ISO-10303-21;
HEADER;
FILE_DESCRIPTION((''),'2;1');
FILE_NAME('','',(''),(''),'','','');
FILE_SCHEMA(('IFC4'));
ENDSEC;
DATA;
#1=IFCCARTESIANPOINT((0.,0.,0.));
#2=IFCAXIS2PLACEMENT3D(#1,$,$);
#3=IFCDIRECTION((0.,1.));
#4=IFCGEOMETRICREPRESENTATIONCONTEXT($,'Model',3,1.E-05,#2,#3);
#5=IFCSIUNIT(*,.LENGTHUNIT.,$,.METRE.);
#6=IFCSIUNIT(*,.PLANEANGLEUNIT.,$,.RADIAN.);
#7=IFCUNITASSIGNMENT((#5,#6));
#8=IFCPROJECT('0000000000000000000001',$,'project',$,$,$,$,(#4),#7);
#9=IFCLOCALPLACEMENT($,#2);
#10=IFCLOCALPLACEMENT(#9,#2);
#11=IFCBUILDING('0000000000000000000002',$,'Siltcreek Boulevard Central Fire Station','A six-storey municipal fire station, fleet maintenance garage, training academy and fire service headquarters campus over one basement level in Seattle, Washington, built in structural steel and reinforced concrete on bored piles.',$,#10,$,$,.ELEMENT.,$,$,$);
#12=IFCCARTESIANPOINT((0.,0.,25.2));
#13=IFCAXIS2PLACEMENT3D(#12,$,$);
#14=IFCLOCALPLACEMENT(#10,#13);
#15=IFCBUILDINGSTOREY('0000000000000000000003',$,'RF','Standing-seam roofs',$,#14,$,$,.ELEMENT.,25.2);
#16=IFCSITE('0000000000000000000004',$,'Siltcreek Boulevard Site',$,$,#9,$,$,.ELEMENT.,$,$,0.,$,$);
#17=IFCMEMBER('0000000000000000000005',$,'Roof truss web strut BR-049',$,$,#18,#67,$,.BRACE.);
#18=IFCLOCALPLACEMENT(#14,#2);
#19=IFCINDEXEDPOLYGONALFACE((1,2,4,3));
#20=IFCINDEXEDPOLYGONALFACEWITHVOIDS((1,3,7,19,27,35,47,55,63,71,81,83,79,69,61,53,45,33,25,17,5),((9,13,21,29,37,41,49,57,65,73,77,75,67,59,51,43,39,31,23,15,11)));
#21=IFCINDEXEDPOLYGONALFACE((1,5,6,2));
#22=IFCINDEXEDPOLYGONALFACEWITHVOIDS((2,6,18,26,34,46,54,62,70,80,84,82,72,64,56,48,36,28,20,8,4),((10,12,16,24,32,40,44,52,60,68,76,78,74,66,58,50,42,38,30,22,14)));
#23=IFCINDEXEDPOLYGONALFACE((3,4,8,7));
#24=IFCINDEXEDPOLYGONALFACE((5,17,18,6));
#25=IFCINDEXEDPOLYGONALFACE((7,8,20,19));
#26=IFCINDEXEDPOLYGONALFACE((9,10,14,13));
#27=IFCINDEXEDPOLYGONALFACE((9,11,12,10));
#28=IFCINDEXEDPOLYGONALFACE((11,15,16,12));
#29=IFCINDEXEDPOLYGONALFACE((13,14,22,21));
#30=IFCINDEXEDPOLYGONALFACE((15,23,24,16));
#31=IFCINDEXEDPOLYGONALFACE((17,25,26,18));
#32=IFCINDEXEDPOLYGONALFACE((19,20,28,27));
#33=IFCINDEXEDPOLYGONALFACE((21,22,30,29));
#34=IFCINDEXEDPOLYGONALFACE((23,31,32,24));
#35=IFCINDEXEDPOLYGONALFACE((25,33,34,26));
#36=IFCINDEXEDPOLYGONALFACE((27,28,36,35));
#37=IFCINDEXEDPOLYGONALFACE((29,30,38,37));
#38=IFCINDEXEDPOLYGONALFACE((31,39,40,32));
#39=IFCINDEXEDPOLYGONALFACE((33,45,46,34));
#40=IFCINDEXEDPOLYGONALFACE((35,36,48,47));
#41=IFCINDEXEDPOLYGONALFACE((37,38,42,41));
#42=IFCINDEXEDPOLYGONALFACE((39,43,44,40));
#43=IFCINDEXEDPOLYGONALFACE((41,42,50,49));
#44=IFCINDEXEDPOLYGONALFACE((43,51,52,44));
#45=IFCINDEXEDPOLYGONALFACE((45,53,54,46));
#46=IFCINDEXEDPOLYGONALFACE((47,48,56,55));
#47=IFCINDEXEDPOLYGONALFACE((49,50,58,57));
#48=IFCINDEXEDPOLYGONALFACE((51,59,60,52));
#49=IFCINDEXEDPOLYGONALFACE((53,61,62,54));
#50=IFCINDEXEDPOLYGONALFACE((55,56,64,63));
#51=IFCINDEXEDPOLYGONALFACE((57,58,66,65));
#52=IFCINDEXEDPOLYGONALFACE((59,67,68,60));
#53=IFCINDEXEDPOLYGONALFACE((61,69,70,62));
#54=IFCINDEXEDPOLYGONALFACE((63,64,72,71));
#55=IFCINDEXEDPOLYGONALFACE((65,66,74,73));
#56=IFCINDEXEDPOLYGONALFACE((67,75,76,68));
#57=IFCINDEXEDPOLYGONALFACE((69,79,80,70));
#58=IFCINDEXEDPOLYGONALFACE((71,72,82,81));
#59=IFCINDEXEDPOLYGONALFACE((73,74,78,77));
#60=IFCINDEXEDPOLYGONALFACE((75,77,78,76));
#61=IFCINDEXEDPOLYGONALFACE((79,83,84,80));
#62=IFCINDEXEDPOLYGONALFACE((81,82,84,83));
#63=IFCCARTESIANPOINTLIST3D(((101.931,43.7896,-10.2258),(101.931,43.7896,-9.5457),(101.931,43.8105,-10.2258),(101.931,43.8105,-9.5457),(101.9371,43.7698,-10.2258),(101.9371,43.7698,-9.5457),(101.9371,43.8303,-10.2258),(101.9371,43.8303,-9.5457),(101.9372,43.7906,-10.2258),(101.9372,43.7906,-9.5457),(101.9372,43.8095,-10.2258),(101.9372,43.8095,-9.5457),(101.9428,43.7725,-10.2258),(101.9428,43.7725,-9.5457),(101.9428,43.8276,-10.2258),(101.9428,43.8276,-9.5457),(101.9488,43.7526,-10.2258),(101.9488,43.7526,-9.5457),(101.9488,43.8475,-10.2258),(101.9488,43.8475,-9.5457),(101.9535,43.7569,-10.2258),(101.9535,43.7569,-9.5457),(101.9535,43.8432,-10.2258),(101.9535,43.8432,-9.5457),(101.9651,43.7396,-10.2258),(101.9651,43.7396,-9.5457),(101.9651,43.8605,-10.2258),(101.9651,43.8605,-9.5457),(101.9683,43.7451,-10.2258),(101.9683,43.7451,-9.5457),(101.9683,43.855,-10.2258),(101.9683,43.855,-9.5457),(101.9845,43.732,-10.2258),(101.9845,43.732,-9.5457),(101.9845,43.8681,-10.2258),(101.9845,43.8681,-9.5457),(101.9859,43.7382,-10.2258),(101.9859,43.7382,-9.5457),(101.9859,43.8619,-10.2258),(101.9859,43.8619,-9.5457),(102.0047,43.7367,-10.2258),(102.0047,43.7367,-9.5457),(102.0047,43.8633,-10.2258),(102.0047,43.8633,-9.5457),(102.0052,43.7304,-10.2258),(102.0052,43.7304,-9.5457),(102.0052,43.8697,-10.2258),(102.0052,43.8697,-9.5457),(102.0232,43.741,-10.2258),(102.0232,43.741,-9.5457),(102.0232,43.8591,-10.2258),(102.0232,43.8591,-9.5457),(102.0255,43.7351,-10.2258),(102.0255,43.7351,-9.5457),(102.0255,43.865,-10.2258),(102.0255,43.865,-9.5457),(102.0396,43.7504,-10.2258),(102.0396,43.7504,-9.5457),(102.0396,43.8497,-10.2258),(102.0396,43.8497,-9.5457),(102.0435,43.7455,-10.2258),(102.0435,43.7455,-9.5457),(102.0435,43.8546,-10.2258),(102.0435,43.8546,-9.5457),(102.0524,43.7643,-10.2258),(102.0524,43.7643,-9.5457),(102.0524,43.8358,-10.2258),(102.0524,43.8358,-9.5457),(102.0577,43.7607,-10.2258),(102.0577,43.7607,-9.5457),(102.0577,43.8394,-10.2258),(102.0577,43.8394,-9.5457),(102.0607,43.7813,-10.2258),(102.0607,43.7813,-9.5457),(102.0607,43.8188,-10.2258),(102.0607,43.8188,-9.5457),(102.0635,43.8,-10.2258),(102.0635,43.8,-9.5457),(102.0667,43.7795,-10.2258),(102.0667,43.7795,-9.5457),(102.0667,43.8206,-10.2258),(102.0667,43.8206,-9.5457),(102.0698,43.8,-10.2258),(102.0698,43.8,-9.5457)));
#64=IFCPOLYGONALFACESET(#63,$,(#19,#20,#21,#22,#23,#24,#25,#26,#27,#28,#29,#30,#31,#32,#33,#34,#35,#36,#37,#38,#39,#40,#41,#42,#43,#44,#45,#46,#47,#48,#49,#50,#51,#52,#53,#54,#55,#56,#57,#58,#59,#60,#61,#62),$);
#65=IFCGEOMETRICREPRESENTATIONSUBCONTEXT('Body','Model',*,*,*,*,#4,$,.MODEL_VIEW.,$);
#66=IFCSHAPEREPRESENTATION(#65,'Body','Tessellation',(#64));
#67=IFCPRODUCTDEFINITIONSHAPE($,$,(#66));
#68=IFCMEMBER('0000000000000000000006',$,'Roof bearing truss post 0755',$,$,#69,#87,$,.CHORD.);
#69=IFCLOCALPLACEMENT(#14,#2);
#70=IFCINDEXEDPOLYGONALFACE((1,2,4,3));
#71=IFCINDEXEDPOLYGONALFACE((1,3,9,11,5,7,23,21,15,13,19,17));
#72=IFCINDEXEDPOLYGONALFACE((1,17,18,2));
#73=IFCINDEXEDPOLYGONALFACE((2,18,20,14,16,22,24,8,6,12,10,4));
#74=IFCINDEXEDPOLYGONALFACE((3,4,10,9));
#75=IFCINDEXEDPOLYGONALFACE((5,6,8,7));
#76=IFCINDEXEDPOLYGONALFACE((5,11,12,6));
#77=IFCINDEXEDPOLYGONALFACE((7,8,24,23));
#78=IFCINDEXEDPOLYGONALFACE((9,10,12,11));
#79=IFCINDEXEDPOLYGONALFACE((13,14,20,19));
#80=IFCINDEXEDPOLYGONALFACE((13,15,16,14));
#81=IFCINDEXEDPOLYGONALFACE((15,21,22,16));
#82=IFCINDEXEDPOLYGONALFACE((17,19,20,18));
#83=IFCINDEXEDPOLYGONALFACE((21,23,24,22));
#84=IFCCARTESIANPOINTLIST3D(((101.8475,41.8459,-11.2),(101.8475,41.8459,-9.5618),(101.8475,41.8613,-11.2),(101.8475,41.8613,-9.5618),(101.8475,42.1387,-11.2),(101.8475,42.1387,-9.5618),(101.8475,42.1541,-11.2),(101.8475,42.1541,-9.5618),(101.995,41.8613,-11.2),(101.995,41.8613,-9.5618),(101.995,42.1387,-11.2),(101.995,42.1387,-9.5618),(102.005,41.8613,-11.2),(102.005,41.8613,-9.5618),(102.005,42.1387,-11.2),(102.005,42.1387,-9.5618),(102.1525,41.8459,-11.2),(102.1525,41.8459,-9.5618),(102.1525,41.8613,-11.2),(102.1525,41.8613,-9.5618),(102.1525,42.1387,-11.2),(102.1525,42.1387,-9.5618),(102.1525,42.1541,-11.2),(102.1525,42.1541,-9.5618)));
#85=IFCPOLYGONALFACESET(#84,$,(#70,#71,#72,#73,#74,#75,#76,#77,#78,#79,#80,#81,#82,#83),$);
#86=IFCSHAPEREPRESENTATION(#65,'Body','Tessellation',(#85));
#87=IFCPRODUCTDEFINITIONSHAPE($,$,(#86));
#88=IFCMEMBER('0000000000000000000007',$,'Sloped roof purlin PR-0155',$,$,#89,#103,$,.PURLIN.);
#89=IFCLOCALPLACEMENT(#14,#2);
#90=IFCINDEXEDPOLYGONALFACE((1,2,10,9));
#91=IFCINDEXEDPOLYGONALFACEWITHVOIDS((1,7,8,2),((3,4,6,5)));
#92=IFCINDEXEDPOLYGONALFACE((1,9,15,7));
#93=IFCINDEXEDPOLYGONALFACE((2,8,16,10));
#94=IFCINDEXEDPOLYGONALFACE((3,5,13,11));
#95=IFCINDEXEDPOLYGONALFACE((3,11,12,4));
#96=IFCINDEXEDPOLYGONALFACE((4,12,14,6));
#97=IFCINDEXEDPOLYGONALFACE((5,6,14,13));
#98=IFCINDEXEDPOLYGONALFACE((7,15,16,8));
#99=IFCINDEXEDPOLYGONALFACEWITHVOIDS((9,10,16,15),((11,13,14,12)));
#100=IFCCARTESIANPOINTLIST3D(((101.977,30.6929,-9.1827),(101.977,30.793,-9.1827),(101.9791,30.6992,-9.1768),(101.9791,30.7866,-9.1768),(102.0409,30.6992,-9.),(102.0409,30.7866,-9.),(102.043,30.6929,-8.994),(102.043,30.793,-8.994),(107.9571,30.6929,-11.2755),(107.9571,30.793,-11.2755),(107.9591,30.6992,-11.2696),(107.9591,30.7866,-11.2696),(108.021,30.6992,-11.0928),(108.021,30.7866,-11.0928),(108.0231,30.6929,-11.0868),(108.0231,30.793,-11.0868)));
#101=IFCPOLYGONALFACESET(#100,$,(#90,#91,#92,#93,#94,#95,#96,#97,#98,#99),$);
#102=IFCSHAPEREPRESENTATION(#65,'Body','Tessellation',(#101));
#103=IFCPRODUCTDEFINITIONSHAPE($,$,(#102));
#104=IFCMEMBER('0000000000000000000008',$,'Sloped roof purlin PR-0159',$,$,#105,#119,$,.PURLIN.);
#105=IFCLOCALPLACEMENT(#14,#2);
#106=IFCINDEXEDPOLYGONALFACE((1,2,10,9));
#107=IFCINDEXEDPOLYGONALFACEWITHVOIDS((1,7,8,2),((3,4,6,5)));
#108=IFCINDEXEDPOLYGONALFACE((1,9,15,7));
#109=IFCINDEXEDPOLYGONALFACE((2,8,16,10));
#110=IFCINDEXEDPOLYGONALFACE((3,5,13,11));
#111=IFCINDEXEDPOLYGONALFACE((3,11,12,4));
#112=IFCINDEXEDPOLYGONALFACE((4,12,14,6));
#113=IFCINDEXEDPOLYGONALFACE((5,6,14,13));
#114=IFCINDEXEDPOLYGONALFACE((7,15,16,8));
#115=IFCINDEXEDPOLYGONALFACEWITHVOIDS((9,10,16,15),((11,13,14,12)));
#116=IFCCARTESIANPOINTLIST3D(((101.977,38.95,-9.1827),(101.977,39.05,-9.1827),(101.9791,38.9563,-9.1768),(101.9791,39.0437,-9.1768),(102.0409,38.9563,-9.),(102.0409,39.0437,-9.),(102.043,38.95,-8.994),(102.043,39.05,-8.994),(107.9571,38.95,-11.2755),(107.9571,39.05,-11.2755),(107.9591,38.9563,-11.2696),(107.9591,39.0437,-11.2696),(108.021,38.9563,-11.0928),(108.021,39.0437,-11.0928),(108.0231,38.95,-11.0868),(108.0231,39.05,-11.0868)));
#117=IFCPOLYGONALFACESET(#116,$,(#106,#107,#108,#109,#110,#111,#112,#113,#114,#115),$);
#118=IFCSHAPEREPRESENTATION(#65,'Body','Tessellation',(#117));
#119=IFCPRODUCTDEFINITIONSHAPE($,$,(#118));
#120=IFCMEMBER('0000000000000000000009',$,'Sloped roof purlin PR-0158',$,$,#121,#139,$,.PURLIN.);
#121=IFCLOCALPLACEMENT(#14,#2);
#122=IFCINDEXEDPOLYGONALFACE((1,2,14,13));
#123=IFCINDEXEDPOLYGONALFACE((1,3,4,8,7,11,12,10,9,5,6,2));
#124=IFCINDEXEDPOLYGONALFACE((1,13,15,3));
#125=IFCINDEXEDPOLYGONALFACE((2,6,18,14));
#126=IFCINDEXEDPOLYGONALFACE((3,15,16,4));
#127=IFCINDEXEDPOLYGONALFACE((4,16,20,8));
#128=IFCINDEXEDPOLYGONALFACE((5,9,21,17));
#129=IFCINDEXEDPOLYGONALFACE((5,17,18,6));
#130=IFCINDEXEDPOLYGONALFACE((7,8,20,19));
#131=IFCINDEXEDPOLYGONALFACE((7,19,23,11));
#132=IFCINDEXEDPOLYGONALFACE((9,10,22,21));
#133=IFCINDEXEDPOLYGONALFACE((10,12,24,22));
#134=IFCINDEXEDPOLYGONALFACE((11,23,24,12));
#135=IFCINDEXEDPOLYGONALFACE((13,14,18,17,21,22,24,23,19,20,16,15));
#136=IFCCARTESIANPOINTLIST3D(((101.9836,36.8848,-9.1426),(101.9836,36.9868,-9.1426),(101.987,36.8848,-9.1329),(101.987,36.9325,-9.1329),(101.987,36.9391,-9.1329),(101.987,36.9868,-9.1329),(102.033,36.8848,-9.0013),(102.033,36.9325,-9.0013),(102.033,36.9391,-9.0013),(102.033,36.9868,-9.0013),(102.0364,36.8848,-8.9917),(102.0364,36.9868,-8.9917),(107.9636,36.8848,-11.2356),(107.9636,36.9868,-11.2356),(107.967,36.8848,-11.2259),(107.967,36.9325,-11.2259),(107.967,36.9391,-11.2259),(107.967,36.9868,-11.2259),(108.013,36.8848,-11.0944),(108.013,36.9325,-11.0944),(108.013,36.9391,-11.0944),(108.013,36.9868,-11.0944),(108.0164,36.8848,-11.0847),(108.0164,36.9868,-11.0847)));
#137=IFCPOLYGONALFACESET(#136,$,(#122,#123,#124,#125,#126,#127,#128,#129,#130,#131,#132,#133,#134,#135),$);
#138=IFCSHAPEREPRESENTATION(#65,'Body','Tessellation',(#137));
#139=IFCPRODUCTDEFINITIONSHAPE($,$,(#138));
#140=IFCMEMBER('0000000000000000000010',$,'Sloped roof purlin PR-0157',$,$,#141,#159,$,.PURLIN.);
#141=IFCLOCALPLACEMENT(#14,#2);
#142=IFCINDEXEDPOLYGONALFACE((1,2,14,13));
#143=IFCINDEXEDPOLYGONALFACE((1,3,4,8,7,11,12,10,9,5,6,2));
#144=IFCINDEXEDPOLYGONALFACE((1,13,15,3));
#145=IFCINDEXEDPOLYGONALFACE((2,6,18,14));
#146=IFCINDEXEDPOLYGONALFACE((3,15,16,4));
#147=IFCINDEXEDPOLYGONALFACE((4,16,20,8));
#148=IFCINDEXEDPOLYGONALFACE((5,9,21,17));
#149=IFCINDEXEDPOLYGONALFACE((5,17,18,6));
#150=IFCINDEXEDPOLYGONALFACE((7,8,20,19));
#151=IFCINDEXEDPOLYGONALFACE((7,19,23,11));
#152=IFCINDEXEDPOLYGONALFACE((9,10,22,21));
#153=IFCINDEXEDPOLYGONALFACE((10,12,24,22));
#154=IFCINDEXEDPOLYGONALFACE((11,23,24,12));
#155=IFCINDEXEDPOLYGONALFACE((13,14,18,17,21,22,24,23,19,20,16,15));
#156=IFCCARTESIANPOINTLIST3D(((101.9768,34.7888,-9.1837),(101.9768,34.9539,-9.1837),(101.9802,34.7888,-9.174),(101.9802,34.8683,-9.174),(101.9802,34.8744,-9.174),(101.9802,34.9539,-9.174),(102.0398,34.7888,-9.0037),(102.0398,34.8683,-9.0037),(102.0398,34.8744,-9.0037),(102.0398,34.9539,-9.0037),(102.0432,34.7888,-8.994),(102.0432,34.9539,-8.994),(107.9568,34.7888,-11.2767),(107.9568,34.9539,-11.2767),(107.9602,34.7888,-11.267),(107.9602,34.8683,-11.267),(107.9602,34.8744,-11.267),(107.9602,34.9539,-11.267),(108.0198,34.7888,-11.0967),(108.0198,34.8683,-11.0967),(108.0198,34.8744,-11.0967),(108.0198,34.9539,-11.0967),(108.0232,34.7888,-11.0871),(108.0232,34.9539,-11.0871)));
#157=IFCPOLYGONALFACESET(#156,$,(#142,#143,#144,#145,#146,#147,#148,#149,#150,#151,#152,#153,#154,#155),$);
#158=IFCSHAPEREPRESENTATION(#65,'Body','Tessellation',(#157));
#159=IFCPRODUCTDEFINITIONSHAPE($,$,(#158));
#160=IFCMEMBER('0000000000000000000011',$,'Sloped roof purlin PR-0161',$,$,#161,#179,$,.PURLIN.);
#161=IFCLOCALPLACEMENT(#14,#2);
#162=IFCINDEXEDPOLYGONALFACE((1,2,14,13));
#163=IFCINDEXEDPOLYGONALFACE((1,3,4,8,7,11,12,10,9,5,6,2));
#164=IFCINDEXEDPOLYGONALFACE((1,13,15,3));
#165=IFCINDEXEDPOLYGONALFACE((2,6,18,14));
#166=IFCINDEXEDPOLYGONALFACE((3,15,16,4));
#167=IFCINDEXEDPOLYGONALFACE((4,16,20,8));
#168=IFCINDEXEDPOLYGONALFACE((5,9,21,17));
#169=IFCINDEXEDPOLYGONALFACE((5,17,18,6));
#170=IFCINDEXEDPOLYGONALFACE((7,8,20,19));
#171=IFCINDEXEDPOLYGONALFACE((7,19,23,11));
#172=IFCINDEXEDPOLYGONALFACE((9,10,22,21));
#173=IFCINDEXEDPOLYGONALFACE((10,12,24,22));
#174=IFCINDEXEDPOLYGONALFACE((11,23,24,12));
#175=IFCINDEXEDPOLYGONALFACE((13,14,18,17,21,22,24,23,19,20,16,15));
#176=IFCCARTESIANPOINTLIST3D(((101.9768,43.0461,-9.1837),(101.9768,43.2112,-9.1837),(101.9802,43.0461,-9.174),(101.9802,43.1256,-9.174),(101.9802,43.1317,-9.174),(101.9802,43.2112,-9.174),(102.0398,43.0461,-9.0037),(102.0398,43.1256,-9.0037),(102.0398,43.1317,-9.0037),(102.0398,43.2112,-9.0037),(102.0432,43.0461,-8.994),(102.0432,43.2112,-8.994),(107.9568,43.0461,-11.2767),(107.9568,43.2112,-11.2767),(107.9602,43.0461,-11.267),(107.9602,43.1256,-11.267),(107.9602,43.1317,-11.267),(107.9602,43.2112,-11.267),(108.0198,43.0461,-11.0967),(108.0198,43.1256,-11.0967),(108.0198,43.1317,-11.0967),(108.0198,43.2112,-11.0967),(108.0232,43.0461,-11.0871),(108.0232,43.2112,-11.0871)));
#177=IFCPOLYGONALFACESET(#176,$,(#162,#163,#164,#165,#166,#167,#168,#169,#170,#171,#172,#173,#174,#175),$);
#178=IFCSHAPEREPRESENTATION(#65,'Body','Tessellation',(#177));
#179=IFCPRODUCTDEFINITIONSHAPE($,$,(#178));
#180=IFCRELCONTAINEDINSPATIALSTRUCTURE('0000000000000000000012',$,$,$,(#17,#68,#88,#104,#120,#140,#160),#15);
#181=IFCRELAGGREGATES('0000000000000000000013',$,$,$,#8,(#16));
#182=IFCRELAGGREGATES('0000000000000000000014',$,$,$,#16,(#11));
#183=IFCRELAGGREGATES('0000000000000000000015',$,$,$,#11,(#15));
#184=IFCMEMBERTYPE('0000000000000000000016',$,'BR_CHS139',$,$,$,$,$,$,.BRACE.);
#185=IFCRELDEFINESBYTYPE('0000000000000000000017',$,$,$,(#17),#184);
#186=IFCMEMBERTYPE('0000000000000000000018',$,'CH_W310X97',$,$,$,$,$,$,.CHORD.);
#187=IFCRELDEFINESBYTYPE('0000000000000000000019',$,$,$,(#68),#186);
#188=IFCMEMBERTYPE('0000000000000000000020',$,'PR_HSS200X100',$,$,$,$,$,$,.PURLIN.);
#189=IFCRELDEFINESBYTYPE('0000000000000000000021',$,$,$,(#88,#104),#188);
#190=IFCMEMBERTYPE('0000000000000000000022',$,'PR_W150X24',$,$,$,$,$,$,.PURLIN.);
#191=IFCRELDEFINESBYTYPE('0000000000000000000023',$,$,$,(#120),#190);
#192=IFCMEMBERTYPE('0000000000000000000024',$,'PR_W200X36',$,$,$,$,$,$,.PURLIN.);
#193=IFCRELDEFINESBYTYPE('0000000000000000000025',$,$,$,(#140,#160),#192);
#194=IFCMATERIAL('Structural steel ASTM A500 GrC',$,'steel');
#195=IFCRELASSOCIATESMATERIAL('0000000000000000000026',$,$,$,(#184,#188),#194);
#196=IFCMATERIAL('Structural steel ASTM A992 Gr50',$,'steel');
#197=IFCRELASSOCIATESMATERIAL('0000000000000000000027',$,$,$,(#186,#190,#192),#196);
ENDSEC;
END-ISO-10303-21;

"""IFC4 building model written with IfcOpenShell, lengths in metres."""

from ifc_helpers import new_model, si_unit, direction, frame, origin, origin_2d, place, context, subcontext, project, spatial, hollow_rectangle, hollow_circle, i_section, extrude, material, material_profile, profile_set, type_object, element, save


model = new_model("IFC4")

# Units and contexts
model_context = context("Model", 3, precision=1e-05, world=origin(), true_north=direction((0.0, 1.0)))
body_context = subcontext(model_context, "Body", "Model", "MODEL_VIEW")
ifc_project = project(units=[si_unit("LENGTHUNIT", "METRE"), si_unit("PLANEANGLEUNIT", "RADIAN")], contexts=[model_context])

# Site, building, storey
site_placement = place(None, origin())
site = spatial("IfcSite", under=ifc_project, at=site_placement, Name="Siltcreek Boulevard Site", CompositionType="ELEMENT", RefElevation=0.0)
building_placement = place(site_placement, origin())
building = spatial("IfcBuilding", under=site, at=building_placement, Name="Siltcreek Boulevard Central Fire Station", Description="A six-storey municipal fire station, fleet maintenance garage, training academy and fire service headquarters campus over one basement level in Seattle, Washington, built in structural steel and reinforced concrete on bored piles.", CompositionType="ELEMENT")
storey_placement = place(building_placement, frame((0.0, 0.0, 25.2)))
storey = spatial("IfcBuildingStorey", under=building, at=storey_placement, Name="RF", Description="Standing-seam roofs", CompositionType="ELEMENT", Elevation=25.2)

# Members
ifc_material_1 = material(Name="Structural steel ASTM A500 GrC", Category="steel")
ifc_material_profile_1 = material_profile(ifc_material_1, hollow_circle(Radius=0.0698, WallThickness=0.0063, at=origin_2d()), Name="HSS139.7X6.4")
ifc_profile_set_1 = profile_set([ifc_material_profile_1], Name="Structural steel ASTM A500 GrC")
member_type_1 = type_object("IfcMemberType", Name="BR_CHS139", PredefinedType="BRACE", material=ifc_profile_set_1)
member_1_placement = place(storey_placement, frame((102.0, 43.8, -10.2258), z_axis=(0.0, 0.0, 1.0), x_axis=(1.0, 0.0, 0.0)))
element("IfcMember", 1, at=member_1_placement, inside=storey, type_object=member_type_1, Name="Roof truss web strut BR-049", PredefinedType="BRACE", context=body_context, shape_type="SweptSolid", body=[
    extrude(hollow_circle(Radius=0.0698, WallThickness=0.0063, at=origin_2d()), origin(), (0.0, 0.0, 1.0), 0.6802),
])
ifc_material_2 = material(Name="Structural steel ASTM A992 Gr50", Category="steel")
ifc_material_profile_2 = material_profile(ifc_material_2, i_section(OverallWidth=0.3049, OverallDepth=0.3081, WebThickness=0.01, FlangeThickness=0.0154, at=origin_2d()), Name="W310X97")
ifc_profile_set_2 = profile_set([ifc_material_profile_2], Name="Structural steel ASTM A992 Gr50")
member_type_2 = type_object("IfcMemberType", Name="CH_W310X97", PredefinedType="CHORD", material=ifc_profile_set_2)
member_2_placement = place(storey_placement, frame((102.0, 42.0, -11.2), z_axis=(0.0, 0.0, 1.0), x_axis=(1.0, 0.0, 0.0)))
element("IfcMember", 2, at=member_2_placement, inside=storey, type_object=member_type_2, Name="Roof bearing truss post 0755", PredefinedType="CHORD", context=body_context, shape_type="SweptSolid", body=[
    extrude(i_section(OverallWidth=0.3049, OverallDepth=0.3081, WebThickness=0.01, FlangeThickness=0.0154, at=origin_2d()), origin(), (0.0, 0.0, 1.0), 1.6382),
])
ifc_material_profile_3 = material_profile(ifc_material_1, hollow_rectangle(XDim=0.1001, YDim=0.2, WallThickness=0.0063, at=origin_2d()), Name="HSS200X100X6.4")
ifc_profile_set_3 = profile_set([ifc_material_profile_3], Name="Structural steel ASTM A500 GrC")
member_type_3 = type_object("IfcMemberType", Name="PR_HSS200X100", PredefinedType="PURLIN", material=ifc_profile_set_3)
for number, where, z_axis, x_axis, name in (
    (3, (102.01, 30.7429, -9.0884), (0.943869, 0.0, -0.33032), (0.0, 1.0, 0.0), "Sloped roof purlin PR-0155"),
    (4, (102.01, 39.0, -9.0884), (0.943869, 0.0, -0.33032), (0.0, 1.0, 0.0), "Sloped roof purlin PR-0159"),
):
    element("IfcMember", number, at=place(storey_placement, frame(where, z_axis=z_axis, x_axis=x_axis)), inside=storey, type_object=member_type_3, Name=name, PredefinedType="PURLIN", context=body_context, shape_type="SweptSolid", body=[
        extrude(hollow_rectangle(XDim=0.1001, YDim=0.2, WallThickness=0.0063, at=origin_2d()), origin(), (0.0, 0.0, 1.0), 6.3357),
    ])
ifc_material_profile_4 = material_profile(ifc_material_2, i_section(OverallWidth=0.1021, OverallDepth=0.1599, WebThickness=0.0066, FlangeThickness=0.0103, at=origin_2d()), Name="W150X24")
ifc_profile_set_4 = profile_set([ifc_material_profile_4], Name="Structural steel ASTM A992 Gr50")
member_type_4 = type_object("IfcMemberType", Name="PR_W150X24", PredefinedType="PURLIN", material=ifc_profile_set_4)
member_3_placement = place(storey_placement, frame((102.01, 36.9358, -9.0671), z_axis=(0.943857, 0.0, -0.330354), x_axis=(0.0, 1.0, 0.0)))
element("IfcMember", 5, at=member_3_placement, inside=storey, type_object=member_type_4, Name="Sloped roof purlin PR-0158", PredefinedType="PURLIN", context=body_context, shape_type="SweptSolid", body=[
    extrude(i_section(OverallWidth=0.1021, OverallDepth=0.1599, WebThickness=0.0066, FlangeThickness=0.0103, at=origin_2d()), origin(), (0.0, 0.0, 1.0), 6.3357),
])
ifc_material_profile_5 = material_profile(ifc_material_2, i_section(OverallWidth=0.165, OverallDepth=0.2009, WebThickness=0.0061, FlangeThickness=0.0103, at=origin_2d()), Name="W200X36")
ifc_profile_set_5 = profile_set([ifc_material_profile_5], Name="Structural steel ASTM A992 Gr50")
member_type_5 = type_object("IfcMemberType", Name="PR_W200X36", PredefinedType="PURLIN", material=ifc_profile_set_5)
for number, where, z_axis, x_axis, name in (
    (6, (102.01, 34.8713, -9.0889), (0.943857, 0.0, -0.330354), (0.0, 1.0, 0.0), "Sloped roof purlin PR-0157"),
    (7, (102.01, 43.1287, -9.0889), (0.943857, 0.0, -0.330354), (0.0, 1.0, 0.0), "Sloped roof purlin PR-0161"),
):
    element("IfcMember", number, at=place(storey_placement, frame(where, z_axis=z_axis, x_axis=x_axis)), inside=storey, type_object=member_type_5, Name=name, PredefinedType="PURLIN", context=body_context, shape_type="SweptSolid", body=[
        extrude(i_section(OverallWidth=0.165, OverallDepth=0.2009, WebThickness=0.0061, FlangeThickness=0.0103, at=origin_2d()), origin(), (0.0, 0.0, 1.0), 6.3357),
    ])

save(model, "model.ifc")
